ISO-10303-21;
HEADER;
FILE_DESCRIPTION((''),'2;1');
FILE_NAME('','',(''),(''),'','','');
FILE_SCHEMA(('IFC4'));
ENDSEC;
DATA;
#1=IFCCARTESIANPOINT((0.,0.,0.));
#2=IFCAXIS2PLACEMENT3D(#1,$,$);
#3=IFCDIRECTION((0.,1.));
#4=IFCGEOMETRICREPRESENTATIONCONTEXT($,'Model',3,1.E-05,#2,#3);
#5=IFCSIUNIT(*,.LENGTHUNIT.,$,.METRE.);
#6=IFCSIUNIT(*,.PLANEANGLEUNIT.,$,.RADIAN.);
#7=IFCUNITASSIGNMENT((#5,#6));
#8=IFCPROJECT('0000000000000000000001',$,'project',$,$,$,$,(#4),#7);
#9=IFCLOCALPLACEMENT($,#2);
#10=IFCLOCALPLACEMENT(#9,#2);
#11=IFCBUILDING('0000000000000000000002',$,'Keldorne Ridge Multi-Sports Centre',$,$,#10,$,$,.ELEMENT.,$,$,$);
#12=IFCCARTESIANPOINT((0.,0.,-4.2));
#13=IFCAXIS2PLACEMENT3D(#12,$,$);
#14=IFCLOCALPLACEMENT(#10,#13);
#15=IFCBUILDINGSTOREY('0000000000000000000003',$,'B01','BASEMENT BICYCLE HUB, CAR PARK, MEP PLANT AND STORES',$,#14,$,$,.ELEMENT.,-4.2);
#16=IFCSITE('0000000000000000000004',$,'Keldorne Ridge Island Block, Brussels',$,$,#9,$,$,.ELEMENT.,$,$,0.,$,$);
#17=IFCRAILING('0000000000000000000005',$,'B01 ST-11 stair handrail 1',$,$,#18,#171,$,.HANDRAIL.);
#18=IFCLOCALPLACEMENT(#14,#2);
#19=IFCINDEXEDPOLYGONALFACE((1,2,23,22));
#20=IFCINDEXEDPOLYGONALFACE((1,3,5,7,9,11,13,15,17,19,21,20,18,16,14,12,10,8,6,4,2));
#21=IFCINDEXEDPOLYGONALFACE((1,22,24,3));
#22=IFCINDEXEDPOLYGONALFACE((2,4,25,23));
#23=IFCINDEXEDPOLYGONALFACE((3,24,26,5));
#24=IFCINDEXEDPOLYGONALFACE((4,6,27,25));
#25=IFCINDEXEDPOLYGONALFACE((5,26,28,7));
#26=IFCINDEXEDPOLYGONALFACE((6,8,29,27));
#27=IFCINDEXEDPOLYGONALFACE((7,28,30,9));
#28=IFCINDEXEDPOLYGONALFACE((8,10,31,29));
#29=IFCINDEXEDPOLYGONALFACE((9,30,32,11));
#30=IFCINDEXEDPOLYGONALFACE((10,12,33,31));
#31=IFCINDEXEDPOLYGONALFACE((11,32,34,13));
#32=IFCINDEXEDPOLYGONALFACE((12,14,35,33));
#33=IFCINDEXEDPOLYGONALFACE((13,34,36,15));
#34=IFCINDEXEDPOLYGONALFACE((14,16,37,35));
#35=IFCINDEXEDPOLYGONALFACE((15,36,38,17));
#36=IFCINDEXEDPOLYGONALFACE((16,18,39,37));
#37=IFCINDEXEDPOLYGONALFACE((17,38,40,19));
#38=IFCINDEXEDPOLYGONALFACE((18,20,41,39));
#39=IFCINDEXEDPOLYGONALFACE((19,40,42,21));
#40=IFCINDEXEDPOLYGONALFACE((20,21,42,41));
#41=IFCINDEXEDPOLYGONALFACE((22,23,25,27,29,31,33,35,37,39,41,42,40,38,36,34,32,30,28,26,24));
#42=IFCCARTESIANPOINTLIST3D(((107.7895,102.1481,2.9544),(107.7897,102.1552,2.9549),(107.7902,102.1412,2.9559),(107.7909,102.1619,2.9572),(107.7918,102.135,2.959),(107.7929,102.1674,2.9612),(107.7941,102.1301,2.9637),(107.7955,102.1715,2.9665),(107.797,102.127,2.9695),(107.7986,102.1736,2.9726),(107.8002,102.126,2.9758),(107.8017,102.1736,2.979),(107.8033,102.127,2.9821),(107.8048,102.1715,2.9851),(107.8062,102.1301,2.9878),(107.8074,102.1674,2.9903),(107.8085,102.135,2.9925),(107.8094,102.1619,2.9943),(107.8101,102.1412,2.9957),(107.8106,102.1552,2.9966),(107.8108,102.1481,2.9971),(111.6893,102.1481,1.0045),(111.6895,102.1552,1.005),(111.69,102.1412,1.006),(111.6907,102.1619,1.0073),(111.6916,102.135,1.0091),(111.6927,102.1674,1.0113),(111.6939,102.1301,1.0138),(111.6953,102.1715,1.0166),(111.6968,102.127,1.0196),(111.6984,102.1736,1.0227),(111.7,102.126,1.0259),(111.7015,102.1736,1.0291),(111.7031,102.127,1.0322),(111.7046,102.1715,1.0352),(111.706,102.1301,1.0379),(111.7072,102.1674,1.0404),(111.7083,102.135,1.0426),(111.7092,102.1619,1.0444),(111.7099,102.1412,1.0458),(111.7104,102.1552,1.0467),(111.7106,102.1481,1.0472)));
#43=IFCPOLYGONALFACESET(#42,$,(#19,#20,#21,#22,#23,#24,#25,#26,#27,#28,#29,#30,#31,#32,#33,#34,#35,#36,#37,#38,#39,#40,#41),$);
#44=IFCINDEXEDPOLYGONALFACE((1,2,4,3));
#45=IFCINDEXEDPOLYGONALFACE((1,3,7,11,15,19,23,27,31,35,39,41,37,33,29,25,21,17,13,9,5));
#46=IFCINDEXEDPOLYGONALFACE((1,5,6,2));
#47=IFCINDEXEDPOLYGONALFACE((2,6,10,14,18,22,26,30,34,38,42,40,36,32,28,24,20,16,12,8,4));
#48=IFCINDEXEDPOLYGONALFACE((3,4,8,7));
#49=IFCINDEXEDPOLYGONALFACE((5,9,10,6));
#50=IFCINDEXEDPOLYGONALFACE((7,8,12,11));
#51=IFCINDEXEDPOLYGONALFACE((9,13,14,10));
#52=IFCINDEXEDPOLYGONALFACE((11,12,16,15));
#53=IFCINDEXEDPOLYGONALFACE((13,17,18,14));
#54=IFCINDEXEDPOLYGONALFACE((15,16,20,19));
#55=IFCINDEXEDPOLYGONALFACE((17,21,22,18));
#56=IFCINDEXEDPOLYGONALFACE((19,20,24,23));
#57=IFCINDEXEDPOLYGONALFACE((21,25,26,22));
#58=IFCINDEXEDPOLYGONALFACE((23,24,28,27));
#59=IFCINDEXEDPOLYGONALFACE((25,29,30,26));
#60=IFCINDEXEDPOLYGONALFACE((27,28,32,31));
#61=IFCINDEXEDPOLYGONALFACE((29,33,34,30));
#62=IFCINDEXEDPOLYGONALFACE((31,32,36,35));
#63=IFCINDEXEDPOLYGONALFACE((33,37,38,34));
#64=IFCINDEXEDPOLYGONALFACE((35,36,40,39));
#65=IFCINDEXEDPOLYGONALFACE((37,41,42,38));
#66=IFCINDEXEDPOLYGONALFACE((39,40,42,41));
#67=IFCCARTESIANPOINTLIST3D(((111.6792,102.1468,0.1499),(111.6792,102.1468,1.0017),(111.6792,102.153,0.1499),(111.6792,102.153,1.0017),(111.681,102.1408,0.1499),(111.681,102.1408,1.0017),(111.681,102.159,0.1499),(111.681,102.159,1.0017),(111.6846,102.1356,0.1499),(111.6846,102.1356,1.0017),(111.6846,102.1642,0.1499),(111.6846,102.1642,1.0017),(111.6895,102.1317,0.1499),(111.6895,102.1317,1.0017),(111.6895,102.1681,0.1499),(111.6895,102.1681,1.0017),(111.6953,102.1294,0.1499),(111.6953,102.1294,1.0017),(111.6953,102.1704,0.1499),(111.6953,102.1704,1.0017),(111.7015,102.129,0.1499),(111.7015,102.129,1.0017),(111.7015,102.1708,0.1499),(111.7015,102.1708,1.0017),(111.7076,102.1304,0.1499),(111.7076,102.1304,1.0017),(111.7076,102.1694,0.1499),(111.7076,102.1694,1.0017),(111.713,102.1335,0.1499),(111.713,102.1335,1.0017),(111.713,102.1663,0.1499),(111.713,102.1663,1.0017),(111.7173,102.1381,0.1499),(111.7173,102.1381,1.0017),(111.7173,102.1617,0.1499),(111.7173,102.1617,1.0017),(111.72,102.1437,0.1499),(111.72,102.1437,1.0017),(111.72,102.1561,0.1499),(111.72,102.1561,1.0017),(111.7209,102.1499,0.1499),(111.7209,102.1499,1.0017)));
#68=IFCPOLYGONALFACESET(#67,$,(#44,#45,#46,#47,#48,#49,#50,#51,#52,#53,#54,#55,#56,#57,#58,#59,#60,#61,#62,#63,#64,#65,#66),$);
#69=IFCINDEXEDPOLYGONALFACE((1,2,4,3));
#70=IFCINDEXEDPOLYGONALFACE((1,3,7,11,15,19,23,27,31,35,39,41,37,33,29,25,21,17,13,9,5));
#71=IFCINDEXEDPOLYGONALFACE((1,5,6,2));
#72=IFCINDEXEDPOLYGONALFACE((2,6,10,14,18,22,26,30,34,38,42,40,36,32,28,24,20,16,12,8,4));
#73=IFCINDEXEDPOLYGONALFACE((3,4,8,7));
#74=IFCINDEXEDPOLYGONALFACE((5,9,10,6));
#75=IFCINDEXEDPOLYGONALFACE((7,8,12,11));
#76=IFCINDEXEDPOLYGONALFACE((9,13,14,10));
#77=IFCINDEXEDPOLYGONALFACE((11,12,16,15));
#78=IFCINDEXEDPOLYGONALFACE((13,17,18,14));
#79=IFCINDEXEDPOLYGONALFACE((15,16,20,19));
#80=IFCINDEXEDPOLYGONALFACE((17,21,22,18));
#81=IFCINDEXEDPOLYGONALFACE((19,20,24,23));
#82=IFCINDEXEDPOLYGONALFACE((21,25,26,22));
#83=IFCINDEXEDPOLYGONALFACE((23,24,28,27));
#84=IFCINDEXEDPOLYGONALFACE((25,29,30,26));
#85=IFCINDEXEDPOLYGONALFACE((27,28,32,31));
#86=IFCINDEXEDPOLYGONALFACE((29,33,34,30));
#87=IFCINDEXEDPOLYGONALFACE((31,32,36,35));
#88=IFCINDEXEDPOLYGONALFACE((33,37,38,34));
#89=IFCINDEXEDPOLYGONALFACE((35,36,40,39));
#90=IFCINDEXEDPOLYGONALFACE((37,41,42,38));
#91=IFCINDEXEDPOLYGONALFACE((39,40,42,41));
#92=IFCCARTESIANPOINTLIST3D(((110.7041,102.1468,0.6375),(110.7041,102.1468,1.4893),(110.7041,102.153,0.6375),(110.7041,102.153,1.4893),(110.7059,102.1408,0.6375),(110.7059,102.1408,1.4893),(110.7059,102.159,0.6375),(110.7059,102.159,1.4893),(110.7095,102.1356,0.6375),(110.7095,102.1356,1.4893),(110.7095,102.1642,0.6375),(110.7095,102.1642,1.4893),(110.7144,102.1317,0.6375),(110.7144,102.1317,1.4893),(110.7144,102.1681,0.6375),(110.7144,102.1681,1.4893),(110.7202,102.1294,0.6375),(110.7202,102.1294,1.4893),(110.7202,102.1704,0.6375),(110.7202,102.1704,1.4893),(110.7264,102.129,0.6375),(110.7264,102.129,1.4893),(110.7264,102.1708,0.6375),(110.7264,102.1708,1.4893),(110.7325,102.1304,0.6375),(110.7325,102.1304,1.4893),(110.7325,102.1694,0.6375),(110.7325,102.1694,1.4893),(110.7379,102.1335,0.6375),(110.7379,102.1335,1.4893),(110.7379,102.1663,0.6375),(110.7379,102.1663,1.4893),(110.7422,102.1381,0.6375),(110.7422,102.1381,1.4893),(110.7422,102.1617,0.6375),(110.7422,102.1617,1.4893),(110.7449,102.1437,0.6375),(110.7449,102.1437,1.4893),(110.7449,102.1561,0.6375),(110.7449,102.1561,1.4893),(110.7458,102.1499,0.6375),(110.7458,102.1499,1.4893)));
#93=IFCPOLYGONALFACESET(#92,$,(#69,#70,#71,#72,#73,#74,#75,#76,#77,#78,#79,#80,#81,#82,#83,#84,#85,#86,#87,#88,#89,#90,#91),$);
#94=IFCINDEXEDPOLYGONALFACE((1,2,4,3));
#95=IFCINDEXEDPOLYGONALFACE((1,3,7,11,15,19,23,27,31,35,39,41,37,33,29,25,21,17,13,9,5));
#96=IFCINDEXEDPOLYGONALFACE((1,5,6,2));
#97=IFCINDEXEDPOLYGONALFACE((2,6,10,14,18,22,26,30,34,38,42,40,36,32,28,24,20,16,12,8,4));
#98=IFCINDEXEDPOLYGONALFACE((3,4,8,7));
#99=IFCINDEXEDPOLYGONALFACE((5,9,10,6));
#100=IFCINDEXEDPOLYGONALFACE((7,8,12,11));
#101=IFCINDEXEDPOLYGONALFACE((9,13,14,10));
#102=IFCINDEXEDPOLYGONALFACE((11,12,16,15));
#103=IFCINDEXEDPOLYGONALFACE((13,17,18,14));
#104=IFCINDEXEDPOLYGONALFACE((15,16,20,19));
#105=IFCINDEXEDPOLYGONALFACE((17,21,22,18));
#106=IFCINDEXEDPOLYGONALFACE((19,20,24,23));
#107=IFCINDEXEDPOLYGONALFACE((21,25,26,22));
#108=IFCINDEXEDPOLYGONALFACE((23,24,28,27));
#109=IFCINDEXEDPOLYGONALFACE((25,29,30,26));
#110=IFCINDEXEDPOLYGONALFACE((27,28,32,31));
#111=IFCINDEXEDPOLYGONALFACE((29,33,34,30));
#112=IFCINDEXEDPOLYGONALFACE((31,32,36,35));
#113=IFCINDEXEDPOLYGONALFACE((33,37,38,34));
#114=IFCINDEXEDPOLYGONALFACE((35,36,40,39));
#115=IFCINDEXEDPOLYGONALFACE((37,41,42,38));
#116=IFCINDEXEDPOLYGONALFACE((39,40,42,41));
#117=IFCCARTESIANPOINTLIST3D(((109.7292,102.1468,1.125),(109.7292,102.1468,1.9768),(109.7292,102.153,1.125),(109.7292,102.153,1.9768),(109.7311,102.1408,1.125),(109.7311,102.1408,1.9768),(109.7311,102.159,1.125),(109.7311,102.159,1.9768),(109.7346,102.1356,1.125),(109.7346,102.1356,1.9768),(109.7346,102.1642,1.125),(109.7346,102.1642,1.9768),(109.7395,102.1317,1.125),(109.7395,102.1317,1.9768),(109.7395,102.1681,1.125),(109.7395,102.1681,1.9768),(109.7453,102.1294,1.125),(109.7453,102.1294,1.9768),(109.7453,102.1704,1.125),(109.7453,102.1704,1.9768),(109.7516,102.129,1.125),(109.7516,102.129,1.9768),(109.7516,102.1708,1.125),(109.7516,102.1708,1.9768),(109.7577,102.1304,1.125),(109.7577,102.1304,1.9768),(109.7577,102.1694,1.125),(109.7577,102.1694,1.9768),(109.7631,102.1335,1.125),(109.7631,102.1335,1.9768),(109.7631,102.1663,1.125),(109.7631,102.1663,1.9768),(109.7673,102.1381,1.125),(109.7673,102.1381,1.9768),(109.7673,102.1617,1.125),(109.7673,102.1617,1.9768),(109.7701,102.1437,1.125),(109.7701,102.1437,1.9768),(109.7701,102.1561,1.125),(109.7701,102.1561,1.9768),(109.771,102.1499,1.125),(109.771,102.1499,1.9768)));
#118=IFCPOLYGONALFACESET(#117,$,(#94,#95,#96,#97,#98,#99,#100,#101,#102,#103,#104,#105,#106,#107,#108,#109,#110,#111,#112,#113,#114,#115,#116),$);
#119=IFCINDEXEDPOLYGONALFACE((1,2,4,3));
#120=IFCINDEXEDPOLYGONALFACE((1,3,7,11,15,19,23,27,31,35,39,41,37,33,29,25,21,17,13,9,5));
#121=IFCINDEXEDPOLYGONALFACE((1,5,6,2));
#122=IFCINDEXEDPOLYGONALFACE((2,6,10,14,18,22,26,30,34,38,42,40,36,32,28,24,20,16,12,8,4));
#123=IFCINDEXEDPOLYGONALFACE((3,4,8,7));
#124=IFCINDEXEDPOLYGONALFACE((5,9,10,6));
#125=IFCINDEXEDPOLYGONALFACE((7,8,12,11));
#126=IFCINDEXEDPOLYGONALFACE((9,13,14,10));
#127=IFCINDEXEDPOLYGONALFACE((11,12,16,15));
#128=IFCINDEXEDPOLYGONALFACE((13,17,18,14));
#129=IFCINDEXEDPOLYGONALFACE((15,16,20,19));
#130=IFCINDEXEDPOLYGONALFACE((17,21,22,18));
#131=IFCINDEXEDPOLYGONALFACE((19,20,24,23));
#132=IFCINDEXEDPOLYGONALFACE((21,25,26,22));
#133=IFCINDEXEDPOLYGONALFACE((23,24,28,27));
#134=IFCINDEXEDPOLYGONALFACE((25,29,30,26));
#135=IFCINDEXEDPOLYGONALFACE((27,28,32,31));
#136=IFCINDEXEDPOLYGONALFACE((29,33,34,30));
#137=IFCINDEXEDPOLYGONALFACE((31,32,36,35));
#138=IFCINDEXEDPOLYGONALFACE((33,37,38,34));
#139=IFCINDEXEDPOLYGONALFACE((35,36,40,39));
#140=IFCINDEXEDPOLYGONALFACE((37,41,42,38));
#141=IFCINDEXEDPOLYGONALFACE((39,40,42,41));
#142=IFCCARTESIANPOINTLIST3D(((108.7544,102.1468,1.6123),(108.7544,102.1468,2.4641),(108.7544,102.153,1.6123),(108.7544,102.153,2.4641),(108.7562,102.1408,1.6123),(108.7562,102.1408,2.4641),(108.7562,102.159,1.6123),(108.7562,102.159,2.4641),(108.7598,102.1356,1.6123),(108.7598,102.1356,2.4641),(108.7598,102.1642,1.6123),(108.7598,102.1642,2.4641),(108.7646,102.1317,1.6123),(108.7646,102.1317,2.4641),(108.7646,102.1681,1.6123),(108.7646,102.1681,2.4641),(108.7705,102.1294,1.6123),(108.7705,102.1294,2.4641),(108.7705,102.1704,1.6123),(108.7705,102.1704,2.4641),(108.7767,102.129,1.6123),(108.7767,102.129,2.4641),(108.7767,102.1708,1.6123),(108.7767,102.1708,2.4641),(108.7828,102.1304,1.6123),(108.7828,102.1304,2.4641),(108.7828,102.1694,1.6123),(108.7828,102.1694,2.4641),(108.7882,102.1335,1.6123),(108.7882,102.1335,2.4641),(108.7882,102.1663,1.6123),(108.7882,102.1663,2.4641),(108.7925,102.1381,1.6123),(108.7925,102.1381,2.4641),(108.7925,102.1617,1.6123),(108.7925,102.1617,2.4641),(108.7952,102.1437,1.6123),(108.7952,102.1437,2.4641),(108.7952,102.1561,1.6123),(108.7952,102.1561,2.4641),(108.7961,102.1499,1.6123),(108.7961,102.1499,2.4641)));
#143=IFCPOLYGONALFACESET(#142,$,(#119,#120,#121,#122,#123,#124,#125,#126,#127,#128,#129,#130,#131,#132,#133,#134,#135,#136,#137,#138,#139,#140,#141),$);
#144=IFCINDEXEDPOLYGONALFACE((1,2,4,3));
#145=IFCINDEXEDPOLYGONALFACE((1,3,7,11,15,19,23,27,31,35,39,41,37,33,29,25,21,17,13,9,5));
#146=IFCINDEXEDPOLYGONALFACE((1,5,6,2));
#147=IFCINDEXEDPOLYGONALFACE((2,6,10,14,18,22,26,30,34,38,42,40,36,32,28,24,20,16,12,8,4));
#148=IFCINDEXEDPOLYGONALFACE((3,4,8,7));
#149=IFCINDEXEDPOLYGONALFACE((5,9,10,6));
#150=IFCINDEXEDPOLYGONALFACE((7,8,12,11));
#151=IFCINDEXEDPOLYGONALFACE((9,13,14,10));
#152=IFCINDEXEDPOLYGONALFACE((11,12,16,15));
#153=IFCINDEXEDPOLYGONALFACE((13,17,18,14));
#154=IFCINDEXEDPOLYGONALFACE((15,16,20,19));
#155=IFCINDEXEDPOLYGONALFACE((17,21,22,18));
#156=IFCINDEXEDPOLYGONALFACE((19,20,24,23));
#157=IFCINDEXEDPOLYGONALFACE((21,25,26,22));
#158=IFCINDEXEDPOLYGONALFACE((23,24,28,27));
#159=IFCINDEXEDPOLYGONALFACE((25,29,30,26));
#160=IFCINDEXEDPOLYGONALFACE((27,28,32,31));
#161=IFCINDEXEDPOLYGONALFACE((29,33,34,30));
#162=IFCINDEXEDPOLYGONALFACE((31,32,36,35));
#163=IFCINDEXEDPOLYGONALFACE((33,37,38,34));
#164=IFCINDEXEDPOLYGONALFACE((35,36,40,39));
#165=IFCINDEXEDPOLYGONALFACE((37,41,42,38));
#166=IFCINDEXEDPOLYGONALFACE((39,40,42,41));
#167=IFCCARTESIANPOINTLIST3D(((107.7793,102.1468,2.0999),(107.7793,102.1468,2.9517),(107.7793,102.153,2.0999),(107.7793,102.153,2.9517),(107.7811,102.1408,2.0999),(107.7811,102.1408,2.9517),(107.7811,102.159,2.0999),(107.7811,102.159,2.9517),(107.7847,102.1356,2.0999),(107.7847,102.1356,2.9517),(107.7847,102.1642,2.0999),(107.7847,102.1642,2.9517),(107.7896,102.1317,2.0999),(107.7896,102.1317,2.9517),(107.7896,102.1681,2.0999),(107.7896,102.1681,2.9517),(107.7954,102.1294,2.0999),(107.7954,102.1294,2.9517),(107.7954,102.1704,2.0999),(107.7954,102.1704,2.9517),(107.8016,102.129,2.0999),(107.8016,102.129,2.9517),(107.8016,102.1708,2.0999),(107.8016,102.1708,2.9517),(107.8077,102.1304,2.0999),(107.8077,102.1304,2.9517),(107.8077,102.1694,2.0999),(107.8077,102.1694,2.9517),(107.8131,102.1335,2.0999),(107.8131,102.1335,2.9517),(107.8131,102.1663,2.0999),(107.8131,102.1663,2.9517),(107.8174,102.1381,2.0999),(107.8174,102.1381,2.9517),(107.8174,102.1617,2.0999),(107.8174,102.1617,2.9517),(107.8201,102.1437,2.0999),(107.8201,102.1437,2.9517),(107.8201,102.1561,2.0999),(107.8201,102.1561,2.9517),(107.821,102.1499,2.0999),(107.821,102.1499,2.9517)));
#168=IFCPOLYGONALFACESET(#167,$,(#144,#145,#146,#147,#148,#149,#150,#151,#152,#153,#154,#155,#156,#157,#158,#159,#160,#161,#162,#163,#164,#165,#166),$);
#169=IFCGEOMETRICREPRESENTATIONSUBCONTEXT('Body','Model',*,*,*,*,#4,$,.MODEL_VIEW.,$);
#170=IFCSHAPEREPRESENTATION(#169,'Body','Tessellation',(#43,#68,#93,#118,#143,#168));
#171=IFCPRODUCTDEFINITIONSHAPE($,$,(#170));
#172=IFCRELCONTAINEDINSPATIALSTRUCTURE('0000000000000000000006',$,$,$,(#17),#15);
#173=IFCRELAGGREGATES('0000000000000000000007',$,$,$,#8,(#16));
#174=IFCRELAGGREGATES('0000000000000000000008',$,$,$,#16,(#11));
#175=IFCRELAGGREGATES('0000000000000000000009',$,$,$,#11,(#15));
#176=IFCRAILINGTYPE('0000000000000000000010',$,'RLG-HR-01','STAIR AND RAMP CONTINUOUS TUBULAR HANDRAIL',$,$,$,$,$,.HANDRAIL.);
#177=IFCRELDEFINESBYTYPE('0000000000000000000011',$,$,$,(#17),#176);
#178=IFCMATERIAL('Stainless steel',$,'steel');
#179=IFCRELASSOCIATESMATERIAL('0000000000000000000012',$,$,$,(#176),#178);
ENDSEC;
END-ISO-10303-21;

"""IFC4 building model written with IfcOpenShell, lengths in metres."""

from ifc_helpers import new_model, si_unit, direction, frame, origin, origin_2d, place, context, subcontext, project, spatial, circle, extrude, material, type_object, element, save


model = new_model("IFC4")

# Units and contexts
model_context = context("Model", 3, precision=1e-05, world=origin(), true_north=direction((0.0, 1.0)))
body_context = subcontext(model_context, "Body", "Model", "MODEL_VIEW")
ifc_project = project(units=[si_unit("LENGTHUNIT", "METRE"), si_unit("PLANEANGLEUNIT", "RADIAN")], contexts=[model_context])

# Site, building, storey
site_placement = place(None, origin())
site = spatial("IfcSite", under=ifc_project, at=site_placement, Name="Keldorne Ridge Island Block, Brussels", CompositionType="ELEMENT", RefElevation=0.0)
building_placement = place(site_placement, origin())
building = spatial("IfcBuilding", under=site, at=building_placement, Name="Keldorne Ridge Multi-Sports Centre", CompositionType="ELEMENT")
storey_placement = place(building_placement, frame((0.0, 0.0, -4.2)))
storey = spatial("IfcBuildingStorey", under=building, at=storey_placement, Name="B01", Description="BASEMENT BICYCLE HUB, CAR PARK, MEP PLANT AND STORES", CompositionType="ELEMENT", Elevation=-4.2)

# Railing
ifc_material_1 = material(Name="Stainless steel", Category="steel")
railing_type_1 = type_object("IfcRailingType", Name="RLG-HR-01", Description="STAIR AND RAMP CONTINUOUS TUBULAR HANDRAIL", PredefinedType="HANDRAIL", material=ifc_material_1)
railing_1_placement = place(storey_placement, frame((111.7, 102.1499, 0.1499)))
element("IfcRailing", 1, at=railing_1_placement, inside=storey, type_object=railing_type_1, Name="B01 ST-11 stair handrail 1", PredefinedType="HANDRAIL", context=body_context, shape_type="SweptSolid", body=[
    extrude(circle(Radius=0.0239, at=origin_2d()), frame((0.0, 0.0, 0.876), z_axis=(-0.894427, 0.0, 0.447214), x_axis=(0.0, -1.0, 0.0)), (0.0, 0.0, 1.0), 4.3601),
    extrude(circle(Radius=0.021, at=origin_2d()), origin(), (0.0, 0.0, 1.0), 0.8518),
    extrude(circle(Radius=0.021, at=origin_2d()), frame((-0.9751, 0.0, 0.4875)), (0.0, 0.0, 1.0), 0.8518),
    extrude(circle(Radius=0.021, at=origin_2d()), frame((-1.95, 0.0, 0.9751)), (0.0, 0.0, 1.0), 0.8518),
    extrude(circle(Radius=0.021, at=origin_2d()), frame((-2.9248, 0.0, 1.4624)), (0.0, 0.0, 1.0), 0.8518),
    extrude(circle(Radius=0.021, at=origin_2d()), frame((-3.8999, 0.0, 1.95)), (0.0, 0.0, 1.0), 0.8518),
])

save(model, "model.ifc")
